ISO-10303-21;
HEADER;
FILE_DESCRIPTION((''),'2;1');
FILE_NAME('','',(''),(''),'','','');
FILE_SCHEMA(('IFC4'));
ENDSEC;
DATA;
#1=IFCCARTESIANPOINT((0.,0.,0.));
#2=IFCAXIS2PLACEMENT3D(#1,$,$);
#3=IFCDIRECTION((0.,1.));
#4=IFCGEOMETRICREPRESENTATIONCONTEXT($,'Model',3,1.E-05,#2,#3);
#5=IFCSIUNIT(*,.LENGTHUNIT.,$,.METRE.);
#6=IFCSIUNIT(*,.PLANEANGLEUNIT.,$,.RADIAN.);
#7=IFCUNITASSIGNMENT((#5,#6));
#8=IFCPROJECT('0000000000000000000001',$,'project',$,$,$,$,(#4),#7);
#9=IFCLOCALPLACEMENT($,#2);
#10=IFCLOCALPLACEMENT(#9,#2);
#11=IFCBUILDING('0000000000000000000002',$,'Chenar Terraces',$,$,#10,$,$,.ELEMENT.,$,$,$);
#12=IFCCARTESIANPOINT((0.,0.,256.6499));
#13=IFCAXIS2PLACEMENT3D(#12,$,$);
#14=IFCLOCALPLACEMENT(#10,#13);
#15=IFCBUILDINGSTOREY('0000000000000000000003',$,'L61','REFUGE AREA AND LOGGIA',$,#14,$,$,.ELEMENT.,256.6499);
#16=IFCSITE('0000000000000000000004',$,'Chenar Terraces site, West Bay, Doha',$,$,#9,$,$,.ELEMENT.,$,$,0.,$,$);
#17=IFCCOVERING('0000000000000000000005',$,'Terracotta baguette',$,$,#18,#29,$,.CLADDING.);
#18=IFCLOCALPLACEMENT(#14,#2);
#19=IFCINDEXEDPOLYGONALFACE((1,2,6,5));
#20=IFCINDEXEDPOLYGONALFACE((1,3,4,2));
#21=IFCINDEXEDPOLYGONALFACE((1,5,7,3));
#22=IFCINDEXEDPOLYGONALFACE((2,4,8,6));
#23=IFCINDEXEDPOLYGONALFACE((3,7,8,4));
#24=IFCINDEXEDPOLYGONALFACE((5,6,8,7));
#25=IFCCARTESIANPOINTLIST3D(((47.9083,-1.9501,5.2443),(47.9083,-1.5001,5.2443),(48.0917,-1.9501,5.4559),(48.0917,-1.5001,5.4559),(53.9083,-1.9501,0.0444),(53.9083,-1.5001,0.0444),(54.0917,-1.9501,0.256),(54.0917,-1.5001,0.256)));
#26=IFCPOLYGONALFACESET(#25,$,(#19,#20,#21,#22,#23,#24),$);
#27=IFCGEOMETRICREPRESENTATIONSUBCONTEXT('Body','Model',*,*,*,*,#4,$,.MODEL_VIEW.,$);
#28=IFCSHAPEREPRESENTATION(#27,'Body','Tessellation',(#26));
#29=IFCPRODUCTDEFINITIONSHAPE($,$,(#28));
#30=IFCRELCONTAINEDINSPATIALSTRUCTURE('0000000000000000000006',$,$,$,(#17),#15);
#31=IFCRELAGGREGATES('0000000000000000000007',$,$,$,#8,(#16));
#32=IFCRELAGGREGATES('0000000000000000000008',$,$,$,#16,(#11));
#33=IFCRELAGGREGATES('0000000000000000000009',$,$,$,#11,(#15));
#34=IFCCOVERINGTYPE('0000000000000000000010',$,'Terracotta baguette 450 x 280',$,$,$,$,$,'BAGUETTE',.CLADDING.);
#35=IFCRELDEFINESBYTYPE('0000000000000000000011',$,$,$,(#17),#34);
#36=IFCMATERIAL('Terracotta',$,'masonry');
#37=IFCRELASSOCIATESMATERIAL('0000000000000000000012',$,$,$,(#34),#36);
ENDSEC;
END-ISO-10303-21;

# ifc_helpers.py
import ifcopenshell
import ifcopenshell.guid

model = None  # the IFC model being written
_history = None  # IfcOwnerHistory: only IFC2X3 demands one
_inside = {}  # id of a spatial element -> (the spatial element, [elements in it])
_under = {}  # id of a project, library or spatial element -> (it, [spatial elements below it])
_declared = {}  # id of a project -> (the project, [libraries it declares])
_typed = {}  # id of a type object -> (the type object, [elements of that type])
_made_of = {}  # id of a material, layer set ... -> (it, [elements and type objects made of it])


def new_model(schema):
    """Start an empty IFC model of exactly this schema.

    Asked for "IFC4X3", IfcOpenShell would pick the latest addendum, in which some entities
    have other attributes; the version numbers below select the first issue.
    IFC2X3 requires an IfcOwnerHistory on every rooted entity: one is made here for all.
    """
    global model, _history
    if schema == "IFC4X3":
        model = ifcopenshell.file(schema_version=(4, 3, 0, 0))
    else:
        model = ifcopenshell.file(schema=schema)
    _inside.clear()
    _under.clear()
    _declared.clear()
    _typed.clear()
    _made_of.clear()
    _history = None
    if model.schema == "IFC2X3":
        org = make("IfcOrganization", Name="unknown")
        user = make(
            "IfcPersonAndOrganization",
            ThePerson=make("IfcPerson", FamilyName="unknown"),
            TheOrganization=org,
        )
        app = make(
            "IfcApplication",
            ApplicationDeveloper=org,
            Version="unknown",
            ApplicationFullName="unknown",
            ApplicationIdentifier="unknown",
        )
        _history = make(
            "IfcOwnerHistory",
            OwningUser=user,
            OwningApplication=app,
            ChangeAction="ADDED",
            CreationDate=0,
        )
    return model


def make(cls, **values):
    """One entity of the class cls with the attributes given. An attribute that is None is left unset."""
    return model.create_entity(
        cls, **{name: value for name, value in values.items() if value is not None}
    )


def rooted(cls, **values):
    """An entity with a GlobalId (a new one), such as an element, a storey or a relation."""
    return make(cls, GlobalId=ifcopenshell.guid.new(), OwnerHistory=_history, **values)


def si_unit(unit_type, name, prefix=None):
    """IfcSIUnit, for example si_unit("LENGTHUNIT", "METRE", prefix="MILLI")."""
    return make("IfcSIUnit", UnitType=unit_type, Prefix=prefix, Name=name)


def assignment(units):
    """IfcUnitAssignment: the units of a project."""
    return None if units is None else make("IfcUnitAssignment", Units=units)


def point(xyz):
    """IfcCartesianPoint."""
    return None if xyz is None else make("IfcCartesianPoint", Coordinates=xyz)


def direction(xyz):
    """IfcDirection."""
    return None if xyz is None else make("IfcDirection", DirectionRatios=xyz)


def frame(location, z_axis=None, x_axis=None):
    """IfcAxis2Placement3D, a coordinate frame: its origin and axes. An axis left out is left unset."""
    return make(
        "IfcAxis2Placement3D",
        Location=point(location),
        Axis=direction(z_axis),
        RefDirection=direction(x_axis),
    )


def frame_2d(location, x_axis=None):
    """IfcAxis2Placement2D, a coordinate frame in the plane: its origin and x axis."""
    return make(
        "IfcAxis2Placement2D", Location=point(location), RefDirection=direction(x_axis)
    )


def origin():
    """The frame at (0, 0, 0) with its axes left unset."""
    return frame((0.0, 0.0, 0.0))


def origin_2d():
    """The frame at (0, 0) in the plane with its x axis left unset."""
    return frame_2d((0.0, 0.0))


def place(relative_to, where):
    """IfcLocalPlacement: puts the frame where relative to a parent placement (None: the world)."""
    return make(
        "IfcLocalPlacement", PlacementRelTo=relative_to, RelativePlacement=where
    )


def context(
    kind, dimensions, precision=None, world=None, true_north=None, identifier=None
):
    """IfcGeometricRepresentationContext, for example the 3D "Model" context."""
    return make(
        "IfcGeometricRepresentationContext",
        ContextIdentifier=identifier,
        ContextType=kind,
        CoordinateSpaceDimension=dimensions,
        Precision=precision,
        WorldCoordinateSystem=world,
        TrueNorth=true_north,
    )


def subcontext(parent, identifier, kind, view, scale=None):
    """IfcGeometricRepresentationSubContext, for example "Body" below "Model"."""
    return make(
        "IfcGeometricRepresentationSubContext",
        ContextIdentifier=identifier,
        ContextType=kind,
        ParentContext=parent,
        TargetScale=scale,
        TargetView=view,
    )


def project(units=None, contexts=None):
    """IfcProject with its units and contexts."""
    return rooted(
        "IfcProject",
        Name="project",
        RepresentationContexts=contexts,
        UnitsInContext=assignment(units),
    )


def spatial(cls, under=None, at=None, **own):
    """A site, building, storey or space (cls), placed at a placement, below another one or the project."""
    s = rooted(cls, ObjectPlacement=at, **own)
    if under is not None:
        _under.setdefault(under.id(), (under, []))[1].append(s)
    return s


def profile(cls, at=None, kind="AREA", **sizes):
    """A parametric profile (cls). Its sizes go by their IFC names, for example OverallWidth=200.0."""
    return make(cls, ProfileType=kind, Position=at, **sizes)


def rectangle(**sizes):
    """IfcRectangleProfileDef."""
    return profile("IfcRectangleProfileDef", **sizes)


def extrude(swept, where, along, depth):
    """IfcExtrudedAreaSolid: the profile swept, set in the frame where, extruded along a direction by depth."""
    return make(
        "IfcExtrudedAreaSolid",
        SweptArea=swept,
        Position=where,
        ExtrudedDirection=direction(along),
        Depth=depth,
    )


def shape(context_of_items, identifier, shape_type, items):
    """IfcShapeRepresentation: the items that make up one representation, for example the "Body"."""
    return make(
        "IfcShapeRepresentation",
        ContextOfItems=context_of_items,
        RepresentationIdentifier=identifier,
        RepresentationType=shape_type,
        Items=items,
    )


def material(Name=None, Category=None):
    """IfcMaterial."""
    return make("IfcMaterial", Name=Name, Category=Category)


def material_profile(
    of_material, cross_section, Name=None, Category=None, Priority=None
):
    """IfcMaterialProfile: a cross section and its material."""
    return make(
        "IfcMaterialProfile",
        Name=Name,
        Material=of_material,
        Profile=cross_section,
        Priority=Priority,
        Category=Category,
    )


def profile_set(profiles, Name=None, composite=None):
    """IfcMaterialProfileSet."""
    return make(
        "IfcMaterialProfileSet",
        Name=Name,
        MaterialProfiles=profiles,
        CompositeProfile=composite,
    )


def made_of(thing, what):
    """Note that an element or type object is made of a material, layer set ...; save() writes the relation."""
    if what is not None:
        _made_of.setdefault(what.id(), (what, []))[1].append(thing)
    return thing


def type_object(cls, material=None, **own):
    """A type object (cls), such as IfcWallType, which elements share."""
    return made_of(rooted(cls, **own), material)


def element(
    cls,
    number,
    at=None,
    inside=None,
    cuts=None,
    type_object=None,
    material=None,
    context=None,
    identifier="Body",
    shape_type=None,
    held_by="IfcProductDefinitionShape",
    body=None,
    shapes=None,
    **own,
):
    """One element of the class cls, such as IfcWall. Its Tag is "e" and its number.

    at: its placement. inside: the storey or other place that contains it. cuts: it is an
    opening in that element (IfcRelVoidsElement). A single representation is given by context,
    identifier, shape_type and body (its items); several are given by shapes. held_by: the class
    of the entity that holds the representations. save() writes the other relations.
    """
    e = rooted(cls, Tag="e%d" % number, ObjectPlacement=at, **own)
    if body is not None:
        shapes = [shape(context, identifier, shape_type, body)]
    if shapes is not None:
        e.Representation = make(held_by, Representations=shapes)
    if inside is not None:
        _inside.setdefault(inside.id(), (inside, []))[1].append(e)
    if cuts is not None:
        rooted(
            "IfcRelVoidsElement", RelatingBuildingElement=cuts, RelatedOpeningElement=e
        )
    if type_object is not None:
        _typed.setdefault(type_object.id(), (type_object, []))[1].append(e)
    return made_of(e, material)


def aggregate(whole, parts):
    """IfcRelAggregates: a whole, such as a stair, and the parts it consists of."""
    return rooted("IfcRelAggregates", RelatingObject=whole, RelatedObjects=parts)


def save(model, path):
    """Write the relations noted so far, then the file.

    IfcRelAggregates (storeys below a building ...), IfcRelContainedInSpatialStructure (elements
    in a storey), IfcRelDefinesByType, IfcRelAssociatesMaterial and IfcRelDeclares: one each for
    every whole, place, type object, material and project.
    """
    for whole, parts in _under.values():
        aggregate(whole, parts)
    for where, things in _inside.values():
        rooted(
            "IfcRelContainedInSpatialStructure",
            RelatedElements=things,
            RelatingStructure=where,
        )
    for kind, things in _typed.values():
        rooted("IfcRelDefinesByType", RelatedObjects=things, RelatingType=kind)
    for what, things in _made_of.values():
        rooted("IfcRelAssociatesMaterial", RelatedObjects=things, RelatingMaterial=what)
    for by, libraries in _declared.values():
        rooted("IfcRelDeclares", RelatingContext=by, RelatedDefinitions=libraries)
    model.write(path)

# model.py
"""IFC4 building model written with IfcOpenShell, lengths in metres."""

from ifc_helpers import new_model, si_unit, direction, frame, origin, origin_2d, place, context, subcontext, project, spatial, rectangle, extrude, material, material_profile, profile_set, type_object, element, save


model = new_model("IFC4")

# Units and contexts
model_context = context("Model", 3, precision=1e-05, world=origin(), true_north=direction((0.0, 1.0)))
body_context = subcontext(model_context, "Body", "Model", "MODEL_VIEW")
ifc_project = project(units=[si_unit("LENGTHUNIT", "METRE"), si_unit("PLANEANGLEUNIT", "RADIAN")], contexts=[model_context])

# Site, building, storey
site_placement = place(None, origin())
site = spatial("IfcSite", under=ifc_project, at=site_placement, Name="Chenar Terraces site, West Bay, Doha", CompositionType="ELEMENT", RefElevation=0.0)
building_placement = place(site_placement, origin())
building = spatial("IfcBuilding", under=site, at=building_placement, Name="Chenar Terraces", CompositionType="ELEMENT")
storey_placement = place(building_placement, frame((0.0, 0.0, 256.6499)))
storey = spatial("IfcBuildingStorey", under=building, at=storey_placement, Name="L61", Description="REFUGE AREA AND LOGGIA", CompositionType="ELEMENT", Elevation=256.6499)

# Covering
ifc_material_1 = material(Name="Terracotta", Category="masonry")
ifc_material_profile_1 = material_profile(ifc_material_1, rectangle(XDim=0.45, YDim=0.28, at=origin_2d()), Name="Terracotta baguette 450 x 280")
ifc_profile_set_1 = profile_set([ifc_material_profile_1], Name="Terracotta")
covering_type = type_object("IfcCoveringType", Name="Terracotta baguette 450 x 280", ElementType="BAGUETTE", PredefinedType="CLADDING", material=ifc_profile_set_1)
covering_placement = place(storey_placement, frame((48.0, -1.7251, 5.3501), z_axis=(0.755692, 0.0, -0.654927), x_axis=(0.0, 1.0, 0.0)))
element("IfcCovering", 1, at=covering_placement, inside=storey, type_object=covering_type, Name="Terracotta baguette", PredefinedType="CLADDING", context=body_context, shape_type="SweptSolid", body=[
    extrude(rectangle(XDim=0.45, YDim=0.28, at=origin_2d()), origin(), (0.0, 0.0, 1.0), 7.9397),
])

save(model, "model.ifc")
